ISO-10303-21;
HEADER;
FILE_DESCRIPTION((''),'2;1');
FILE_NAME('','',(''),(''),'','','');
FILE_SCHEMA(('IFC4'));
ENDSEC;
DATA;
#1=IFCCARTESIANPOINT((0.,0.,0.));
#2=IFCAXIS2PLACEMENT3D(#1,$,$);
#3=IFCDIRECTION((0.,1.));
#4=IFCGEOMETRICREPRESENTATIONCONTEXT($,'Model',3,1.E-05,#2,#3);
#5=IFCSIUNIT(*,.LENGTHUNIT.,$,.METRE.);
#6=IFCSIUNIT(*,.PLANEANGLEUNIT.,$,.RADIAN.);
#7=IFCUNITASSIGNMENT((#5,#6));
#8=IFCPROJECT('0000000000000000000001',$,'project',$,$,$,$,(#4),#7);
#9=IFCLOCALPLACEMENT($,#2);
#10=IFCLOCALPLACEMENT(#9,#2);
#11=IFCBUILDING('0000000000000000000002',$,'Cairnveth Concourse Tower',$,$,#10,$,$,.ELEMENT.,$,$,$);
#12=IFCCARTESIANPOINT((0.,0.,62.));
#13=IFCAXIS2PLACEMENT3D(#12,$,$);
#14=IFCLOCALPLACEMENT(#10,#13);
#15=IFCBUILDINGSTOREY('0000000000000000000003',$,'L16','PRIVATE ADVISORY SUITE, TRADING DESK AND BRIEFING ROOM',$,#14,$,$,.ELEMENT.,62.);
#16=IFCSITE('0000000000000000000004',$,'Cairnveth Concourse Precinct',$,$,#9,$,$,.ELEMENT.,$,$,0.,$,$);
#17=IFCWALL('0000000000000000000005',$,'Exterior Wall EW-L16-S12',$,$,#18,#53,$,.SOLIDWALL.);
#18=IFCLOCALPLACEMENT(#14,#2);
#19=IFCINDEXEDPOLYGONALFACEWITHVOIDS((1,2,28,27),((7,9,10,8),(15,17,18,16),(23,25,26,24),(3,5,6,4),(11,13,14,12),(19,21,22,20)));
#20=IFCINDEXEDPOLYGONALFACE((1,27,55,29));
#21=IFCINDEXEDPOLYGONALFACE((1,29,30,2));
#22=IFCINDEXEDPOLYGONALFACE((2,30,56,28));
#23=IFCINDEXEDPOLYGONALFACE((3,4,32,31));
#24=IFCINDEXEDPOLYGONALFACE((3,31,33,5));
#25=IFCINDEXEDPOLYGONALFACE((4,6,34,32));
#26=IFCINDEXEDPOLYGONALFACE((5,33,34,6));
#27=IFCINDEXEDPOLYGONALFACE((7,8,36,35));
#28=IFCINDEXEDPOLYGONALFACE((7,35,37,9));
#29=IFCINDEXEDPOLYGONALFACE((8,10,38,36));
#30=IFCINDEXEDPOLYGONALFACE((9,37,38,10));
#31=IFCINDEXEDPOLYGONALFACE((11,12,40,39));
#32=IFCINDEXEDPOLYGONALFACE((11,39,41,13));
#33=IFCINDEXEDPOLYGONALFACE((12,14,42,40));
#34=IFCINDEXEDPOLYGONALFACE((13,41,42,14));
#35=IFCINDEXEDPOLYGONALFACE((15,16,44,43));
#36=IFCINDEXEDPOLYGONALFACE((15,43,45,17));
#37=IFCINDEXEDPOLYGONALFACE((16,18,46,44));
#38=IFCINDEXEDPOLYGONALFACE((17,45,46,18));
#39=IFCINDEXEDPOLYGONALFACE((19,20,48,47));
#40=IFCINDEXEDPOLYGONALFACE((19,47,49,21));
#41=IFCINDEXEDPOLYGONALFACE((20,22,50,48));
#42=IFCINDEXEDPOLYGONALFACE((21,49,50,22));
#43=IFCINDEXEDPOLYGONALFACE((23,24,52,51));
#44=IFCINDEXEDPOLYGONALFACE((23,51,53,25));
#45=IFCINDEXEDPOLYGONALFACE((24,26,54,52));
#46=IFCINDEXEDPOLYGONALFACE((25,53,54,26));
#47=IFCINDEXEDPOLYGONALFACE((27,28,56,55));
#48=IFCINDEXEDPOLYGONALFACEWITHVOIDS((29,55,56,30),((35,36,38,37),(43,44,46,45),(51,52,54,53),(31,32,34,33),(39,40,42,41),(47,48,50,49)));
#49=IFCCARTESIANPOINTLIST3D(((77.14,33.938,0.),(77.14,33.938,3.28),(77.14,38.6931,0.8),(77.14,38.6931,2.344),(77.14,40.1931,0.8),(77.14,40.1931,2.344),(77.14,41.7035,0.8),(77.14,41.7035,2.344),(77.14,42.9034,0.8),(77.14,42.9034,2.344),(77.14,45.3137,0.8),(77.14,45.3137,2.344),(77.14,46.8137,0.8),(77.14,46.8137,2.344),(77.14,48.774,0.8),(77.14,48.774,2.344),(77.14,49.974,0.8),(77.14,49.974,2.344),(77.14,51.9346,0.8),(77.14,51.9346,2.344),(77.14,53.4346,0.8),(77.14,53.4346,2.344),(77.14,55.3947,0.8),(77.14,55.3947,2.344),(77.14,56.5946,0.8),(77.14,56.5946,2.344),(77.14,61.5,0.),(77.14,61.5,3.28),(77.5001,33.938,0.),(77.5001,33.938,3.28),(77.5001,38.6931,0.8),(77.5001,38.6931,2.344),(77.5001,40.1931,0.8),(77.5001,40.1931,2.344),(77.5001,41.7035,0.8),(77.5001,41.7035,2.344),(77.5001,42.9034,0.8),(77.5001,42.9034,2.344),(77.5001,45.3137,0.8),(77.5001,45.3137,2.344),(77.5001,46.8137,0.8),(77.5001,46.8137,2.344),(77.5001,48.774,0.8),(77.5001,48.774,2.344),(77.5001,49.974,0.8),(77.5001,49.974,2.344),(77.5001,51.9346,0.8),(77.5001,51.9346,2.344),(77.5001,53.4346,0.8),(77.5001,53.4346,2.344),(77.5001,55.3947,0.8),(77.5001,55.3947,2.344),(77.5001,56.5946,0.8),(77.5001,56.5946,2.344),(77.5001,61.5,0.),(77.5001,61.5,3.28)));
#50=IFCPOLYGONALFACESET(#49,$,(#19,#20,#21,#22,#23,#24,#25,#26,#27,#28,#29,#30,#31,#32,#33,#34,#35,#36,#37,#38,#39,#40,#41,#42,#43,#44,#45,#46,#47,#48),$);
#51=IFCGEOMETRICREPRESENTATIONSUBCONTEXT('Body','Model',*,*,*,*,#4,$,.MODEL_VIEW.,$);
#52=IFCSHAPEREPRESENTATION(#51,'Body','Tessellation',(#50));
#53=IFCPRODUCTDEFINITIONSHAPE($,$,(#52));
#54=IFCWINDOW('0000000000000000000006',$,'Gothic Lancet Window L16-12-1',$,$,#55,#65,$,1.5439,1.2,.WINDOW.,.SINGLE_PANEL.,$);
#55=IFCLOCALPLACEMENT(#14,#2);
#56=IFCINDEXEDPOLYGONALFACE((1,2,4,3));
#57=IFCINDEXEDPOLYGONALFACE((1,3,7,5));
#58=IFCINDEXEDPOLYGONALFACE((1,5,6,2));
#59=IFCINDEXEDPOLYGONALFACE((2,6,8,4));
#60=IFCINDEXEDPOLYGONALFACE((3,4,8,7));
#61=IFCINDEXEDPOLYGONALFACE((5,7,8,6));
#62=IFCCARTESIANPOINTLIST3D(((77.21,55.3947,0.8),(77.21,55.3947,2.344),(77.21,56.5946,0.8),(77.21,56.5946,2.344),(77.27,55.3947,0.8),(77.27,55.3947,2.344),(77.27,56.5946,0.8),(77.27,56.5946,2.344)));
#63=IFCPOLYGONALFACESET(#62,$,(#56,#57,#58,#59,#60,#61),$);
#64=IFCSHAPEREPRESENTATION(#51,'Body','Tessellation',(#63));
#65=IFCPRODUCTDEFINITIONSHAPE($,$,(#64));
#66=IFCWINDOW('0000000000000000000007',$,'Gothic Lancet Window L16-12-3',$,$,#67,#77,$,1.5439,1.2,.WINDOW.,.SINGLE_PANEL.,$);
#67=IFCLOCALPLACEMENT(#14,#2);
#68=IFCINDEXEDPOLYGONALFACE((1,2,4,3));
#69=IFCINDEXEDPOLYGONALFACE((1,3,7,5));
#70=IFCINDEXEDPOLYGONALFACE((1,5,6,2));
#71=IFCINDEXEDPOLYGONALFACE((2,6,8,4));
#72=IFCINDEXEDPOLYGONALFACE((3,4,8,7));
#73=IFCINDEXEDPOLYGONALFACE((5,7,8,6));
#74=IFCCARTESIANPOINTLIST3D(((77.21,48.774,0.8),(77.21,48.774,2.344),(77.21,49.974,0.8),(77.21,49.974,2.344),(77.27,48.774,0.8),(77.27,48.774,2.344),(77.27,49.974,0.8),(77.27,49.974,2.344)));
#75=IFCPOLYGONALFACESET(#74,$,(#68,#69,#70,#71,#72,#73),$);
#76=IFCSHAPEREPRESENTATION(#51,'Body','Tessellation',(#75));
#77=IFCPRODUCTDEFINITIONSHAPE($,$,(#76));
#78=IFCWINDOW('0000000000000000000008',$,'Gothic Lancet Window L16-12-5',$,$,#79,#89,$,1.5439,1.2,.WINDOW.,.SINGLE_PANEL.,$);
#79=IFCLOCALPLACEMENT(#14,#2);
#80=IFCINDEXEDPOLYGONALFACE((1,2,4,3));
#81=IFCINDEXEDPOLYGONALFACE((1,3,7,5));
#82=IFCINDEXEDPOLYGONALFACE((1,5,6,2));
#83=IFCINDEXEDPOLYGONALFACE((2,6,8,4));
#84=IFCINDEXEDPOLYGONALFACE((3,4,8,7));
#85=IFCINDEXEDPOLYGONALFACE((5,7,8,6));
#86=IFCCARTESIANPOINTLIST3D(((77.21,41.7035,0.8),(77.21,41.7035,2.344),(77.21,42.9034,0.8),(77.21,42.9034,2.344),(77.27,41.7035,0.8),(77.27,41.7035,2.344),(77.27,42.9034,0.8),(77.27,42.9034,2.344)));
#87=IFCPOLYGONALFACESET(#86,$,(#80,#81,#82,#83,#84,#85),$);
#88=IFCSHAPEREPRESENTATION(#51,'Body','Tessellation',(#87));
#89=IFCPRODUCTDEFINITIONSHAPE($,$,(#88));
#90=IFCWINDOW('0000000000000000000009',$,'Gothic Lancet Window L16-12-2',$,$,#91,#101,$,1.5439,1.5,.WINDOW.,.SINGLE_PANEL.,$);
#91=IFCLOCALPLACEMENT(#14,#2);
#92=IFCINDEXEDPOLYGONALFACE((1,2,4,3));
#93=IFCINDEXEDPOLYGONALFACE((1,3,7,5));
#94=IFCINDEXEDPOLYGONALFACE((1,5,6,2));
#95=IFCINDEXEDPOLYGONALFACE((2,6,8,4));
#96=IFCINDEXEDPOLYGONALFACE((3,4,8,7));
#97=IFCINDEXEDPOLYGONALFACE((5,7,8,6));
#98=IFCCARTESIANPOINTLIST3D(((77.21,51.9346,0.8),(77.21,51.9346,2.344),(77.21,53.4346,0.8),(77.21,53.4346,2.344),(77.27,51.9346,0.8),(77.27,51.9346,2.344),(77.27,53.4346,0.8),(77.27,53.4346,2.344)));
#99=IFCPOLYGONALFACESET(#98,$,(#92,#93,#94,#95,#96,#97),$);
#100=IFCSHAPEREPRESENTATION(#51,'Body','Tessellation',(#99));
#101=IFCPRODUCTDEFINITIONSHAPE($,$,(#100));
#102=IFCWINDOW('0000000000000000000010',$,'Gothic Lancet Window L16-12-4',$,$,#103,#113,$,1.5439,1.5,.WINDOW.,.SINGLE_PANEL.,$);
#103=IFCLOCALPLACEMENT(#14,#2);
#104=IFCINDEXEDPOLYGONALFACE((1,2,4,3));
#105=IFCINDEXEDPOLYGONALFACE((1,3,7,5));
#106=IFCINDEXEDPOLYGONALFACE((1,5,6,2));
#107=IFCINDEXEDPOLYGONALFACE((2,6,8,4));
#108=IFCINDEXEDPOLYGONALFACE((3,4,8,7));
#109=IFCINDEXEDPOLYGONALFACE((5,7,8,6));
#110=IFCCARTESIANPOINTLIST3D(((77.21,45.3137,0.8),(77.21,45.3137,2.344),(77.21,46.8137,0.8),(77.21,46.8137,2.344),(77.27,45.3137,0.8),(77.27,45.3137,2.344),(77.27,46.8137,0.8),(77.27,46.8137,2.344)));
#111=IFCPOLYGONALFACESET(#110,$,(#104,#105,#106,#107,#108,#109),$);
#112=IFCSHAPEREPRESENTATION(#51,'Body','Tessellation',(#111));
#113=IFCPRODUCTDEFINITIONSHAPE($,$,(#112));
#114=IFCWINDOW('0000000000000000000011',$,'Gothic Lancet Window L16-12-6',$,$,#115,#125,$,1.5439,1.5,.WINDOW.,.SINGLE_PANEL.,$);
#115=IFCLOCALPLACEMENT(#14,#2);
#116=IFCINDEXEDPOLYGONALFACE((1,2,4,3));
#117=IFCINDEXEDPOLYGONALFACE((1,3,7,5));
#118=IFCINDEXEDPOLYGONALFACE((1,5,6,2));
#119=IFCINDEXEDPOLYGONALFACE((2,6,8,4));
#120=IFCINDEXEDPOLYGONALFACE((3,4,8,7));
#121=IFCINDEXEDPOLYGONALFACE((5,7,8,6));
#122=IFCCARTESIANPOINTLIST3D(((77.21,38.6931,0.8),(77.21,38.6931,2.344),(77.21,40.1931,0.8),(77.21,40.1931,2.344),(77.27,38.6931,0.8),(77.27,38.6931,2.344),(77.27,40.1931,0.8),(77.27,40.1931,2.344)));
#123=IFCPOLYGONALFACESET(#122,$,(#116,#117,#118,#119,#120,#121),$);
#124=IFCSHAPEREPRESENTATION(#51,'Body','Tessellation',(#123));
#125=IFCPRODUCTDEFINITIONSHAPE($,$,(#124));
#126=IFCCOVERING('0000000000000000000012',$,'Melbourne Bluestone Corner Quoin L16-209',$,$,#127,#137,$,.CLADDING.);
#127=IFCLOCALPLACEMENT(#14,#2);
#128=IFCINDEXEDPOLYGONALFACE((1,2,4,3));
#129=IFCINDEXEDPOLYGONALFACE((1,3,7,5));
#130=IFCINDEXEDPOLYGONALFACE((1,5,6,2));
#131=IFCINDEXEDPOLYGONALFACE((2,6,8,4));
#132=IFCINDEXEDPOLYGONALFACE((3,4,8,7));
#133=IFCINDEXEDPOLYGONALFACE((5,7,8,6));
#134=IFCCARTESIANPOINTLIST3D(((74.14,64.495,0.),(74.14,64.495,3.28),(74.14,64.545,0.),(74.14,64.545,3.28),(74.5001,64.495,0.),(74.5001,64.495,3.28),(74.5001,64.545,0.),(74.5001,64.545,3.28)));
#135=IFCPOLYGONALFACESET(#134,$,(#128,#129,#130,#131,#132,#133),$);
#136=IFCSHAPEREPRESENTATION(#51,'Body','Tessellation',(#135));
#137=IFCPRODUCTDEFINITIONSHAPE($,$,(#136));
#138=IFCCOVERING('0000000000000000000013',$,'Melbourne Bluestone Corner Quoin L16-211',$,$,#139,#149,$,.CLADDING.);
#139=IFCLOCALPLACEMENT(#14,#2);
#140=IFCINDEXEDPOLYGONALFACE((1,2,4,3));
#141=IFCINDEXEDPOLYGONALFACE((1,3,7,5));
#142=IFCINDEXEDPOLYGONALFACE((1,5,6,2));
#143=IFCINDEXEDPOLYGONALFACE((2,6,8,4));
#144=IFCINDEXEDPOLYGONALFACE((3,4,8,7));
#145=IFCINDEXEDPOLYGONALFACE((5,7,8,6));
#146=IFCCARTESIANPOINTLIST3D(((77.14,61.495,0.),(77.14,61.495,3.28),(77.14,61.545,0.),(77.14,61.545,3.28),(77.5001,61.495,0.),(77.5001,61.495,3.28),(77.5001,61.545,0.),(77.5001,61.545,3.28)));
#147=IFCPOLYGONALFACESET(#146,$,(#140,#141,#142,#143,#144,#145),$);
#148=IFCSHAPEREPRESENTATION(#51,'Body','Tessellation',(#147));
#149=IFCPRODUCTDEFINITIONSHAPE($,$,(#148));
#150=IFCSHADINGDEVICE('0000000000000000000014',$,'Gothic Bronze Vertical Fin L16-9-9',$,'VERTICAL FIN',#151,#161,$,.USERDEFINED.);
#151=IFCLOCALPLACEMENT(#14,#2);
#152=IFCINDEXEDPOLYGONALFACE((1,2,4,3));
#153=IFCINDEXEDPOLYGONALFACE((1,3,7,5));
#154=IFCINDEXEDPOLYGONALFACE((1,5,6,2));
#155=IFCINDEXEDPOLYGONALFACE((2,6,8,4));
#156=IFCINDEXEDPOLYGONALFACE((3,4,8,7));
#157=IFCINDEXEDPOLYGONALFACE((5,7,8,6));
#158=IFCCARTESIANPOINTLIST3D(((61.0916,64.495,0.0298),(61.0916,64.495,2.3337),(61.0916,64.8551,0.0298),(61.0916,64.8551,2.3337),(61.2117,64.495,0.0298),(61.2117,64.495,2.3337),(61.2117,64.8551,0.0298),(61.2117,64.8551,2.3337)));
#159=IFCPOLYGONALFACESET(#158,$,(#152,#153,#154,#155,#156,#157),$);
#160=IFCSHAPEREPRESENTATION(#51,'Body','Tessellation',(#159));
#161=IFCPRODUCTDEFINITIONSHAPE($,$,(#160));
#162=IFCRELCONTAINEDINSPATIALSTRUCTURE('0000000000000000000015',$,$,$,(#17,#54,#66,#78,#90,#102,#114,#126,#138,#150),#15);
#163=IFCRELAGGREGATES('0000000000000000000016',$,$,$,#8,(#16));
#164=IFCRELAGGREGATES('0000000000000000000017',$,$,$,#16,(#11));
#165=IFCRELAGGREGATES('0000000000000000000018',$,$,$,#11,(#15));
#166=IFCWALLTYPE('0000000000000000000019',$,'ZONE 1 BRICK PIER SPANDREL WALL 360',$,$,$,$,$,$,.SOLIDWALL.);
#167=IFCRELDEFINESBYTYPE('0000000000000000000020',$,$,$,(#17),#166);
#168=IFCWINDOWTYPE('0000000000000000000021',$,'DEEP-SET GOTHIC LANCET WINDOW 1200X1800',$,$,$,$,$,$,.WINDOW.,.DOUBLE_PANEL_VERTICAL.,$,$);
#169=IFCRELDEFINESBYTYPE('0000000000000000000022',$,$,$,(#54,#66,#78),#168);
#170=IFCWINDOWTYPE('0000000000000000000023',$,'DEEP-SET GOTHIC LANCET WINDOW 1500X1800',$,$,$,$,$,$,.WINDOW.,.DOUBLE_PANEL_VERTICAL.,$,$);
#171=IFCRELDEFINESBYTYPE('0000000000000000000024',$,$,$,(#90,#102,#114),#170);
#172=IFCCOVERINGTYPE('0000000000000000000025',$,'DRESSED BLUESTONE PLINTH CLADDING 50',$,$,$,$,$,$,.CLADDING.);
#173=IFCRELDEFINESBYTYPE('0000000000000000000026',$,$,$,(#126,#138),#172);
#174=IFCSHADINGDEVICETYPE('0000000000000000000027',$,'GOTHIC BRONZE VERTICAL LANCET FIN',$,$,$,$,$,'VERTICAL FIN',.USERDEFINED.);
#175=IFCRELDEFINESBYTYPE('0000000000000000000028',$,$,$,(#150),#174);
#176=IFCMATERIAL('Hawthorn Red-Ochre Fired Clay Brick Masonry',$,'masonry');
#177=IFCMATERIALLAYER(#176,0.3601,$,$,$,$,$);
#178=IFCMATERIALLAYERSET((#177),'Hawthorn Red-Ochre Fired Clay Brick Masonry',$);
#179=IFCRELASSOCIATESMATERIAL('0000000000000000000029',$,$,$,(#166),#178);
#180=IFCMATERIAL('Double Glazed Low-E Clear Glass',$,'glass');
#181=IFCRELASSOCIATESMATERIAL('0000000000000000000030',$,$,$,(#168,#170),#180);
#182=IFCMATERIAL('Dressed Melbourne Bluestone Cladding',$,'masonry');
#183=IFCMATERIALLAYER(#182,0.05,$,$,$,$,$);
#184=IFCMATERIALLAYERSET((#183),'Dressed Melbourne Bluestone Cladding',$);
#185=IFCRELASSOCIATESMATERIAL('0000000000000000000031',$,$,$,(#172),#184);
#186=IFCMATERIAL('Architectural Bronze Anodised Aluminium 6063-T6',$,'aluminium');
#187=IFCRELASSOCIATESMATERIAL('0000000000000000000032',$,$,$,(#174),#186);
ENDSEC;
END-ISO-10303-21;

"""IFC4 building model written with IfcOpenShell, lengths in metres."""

from ifc_helpers import new_model, si_unit, direction, frame, frame_2d, origin, origin_2d, place, context, subcontext, project, spatial, rectangle, extrude, material, layer, layer_set, type_object, element, fill, save


model = new_model("IFC4")

# Units and contexts
model_context = context("Model", 3, precision=1e-05, world=origin(), true_north=direction((0.0, 1.0)))
body_context = subcontext(model_context, "Body", "Model", "MODEL_VIEW")
ifc_project = project(units=[si_unit("LENGTHUNIT", "METRE"), si_unit("PLANEANGLEUNIT", "RADIAN")], contexts=[model_context])

# Site, building, storey
site_placement = place(None, origin())
site = spatial("IfcSite", under=ifc_project, at=site_placement, Name="Cairnveth Concourse Precinct", CompositionType="ELEMENT", RefElevation=0.0)
building_placement = place(site_placement, origin())
building = spatial("IfcBuilding", under=site, at=building_placement, Name="Cairnveth Concourse Tower", CompositionType="ELEMENT")
storey_placement = place(building_placement, frame((0.0, 0.0, 62.0)))
storey = spatial("IfcBuildingStorey", under=building, at=storey_placement, Name="L16", Description="PRIVATE ADVISORY SUITE, TRADING DESK AND BRIEFING ROOM", CompositionType="ELEMENT", Elevation=62.0)

# Shared definitions
ifc_material_1 = material(Name="Hawthorn Red-Ochre Fired Clay Brick Masonry", Category="masonry")
ifc_layer_1 = layer(ifc_material_1, 0.3601)
ifc_layer_set_1 = layer_set([ifc_layer_1], Name="Hawthorn Red-Ochre Fired Clay Brick Masonry")
wall_type = type_object("IfcWallType", Name="ZONE 1 BRICK PIER SPANDREL WALL 360", PredefinedType="SOLIDWALL", material=ifc_layer_set_1)

# Wall, openings, windows
wall_1_placement = place(storey_placement, frame((77.3201, 61.5, 0.0), z_axis=(0.0, 0.0, 1.0), x_axis=(0.0, -1.0, 0.0)))
wall_1 = element("IfcWall", 1, at=wall_1_placement, inside=storey, type_object=wall_type, Name="Exterior Wall EW-L16-S12", PredefinedType="SOLIDWALL", context=body_context, shape_type="SweptSolid", body=[
    extrude(rectangle(XDim=27.562, YDim=0.3601, at=frame_2d((13.781, 0.0))), origin(), (0.0, 0.0, 1.0), 3.28),
])
opening_1_placement = place(wall_1_placement, frame((4.9053, 0.0, 0.8)))
opening_1 = element("IfcOpeningElement", 2, at=opening_1_placement, cuts=wall_1, PredefinedType="OPENING", context=body_context, shape_type="SweptSolid", body=[
    extrude(rectangle(XDim=1.2, YDim=1.5439, at=frame_2d((0.6001, 0.772))), frame((0.0, 0.1899, 0.0), z_axis=(0.0, -1.0, 0.0), x_axis=(1.0, 0.0, 0.0)), (0.0, 0.0, 1.0), 0.3801),
])
opening_2_placement = place(wall_1_placement, frame((8.0654, 0.0, 0.8)))
opening_2 = element("IfcOpeningElement", 3, at=opening_2_placement, cuts=wall_1, PredefinedType="OPENING", context=body_context, shape_type="SweptSolid", body=[
    extrude(rectangle(XDim=1.5, YDim=1.5439, at=frame_2d((0.75, 0.772))), frame((0.0, 0.1899, 0.0), z_axis=(0.0, -1.0, 0.0), x_axis=(1.0, 0.0, 0.0)), (0.0, 0.0, 1.0), 0.3801),
])
opening_3_placement = place(wall_1_placement, frame((11.5259, 0.0, 0.8)))
opening_3 = element("IfcOpeningElement", 4, at=opening_3_placement, cuts=wall_1, PredefinedType="OPENING", context=body_context, shape_type="SweptSolid", body=[
    extrude(rectangle(XDim=1.2, YDim=1.5439, at=frame_2d((0.6001, 0.772))), frame((0.0, 0.1899, 0.0), z_axis=(0.0, -1.0, 0.0), x_axis=(1.0, 0.0, 0.0)), (0.0, 0.0, 1.0), 0.3801),
])
opening_4_placement = place(wall_1_placement, frame((14.6863, 0.0, 0.8)))
opening_4 = element("IfcOpeningElement", 5, at=opening_4_placement, cuts=wall_1, PredefinedType="OPENING", context=body_context, shape_type="SweptSolid", body=[
    extrude(rectangle(XDim=1.5, YDim=1.5439, at=frame_2d((0.75, 0.772))), frame((0.0, 0.1899, 0.0), z_axis=(0.0, -1.0, 0.0), x_axis=(1.0, 0.0, 0.0)), (0.0, 0.0, 1.0), 0.3801),
])
opening_5_placement = place(wall_1_placement, frame((18.5964, 0.0, 0.8)))
opening_5 = element("IfcOpeningElement", 6, at=opening_5_placement, cuts=wall_1, PredefinedType="OPENING", context=body_context, shape_type="SweptSolid", body=[
    extrude(rectangle(XDim=1.2, YDim=1.5439, at=frame_2d((0.6001, 0.772))), frame((0.0, 0.1899, 0.0), z_axis=(0.0, -1.0, 0.0), x_axis=(1.0, 0.0, 0.0)), (0.0, 0.0, 1.0), 0.3801),
])
opening_6_placement = place(wall_1_placement, frame((21.3069, 0.0, 0.8)))
opening_6 = element("IfcOpeningElement", 7, at=opening_6_placement, cuts=wall_1, PredefinedType="OPENING", context=body_context, shape_type="SweptSolid", body=[
    extrude(rectangle(XDim=1.5, YDim=1.5439, at=frame_2d((0.75, 0.772))), frame((0.0, 0.1899, 0.0), z_axis=(0.0, -1.0, 0.0), x_axis=(1.0, 0.0, 0.0)), (0.0, 0.0, 1.0), 0.3801),
])
ifc_material_2 = material(Name="Double Glazed Low-E Clear Glass", Category="glass")
window_type_1 = type_object("IfcWindowType", Name="DEEP-SET GOTHIC LANCET WINDOW 1200X1800", PartitioningType="DOUBLE_PANEL_VERTICAL", PredefinedType="WINDOW", material=ifc_material_2)
window_1_placement = place(opening_1_placement, origin())
window_1 = element("IfcWindow", 8, at=window_1_placement, inside=storey, type_object=window_type_1, Name="Gothic Lancet Window L16-12-1", OverallHeight=1.5439, OverallWidth=1.2, PartitioningType="SINGLE_PANEL", PredefinedType="WINDOW", context=body_context, shape_type="SweptSolid", body=[
    extrude(rectangle(XDim=1.2, YDim=1.5439, at=frame_2d((0.6001, 0.772))), frame((0.0, -0.05, 0.0), z_axis=(0.0, -1.0, 0.0), x_axis=(1.0, 0.0, 0.0)), (0.0, 0.0, 1.0), 0.0601),
])
fill(opening_1, window_1)
window_2_placement = place(opening_3_placement, origin())
window_2 = element("IfcWindow", 9, at=window_2_placement, inside=storey, type_object=window_type_1, Name="Gothic Lancet Window L16-12-3", OverallHeight=1.5439, OverallWidth=1.2, PartitioningType="SINGLE_PANEL", PredefinedType="WINDOW", context=body_context, shape_type="SweptSolid", body=[
    extrude(rectangle(XDim=1.2, YDim=1.5439, at=frame_2d((0.6001, 0.772))), frame((0.0, -0.05, 0.0), z_axis=(0.0, -1.0, 0.0), x_axis=(1.0, 0.0, 0.0)), (0.0, 0.0, 1.0), 0.0601),
])
fill(opening_3, window_2)
window_3_placement = place(opening_5_placement, origin())
window_3 = element("IfcWindow", 10, at=window_3_placement, inside=storey, type_object=window_type_1, Name="Gothic Lancet Window L16-12-5", OverallHeight=1.5439, OverallWidth=1.2, PartitioningType="SINGLE_PANEL", PredefinedType="WINDOW", context=body_context, shape_type="SweptSolid", body=[
    extrude(rectangle(XDim=1.2, YDim=1.5439, at=frame_2d((0.6001, 0.772))), frame((0.0, -0.05, 0.0), z_axis=(0.0, -1.0, 0.0), x_axis=(1.0, 0.0, 0.0)), (0.0, 0.0, 1.0), 0.0601),
])
fill(opening_5, window_3)
window_type_2 = type_object("IfcWindowType", Name="DEEP-SET GOTHIC LANCET WINDOW 1500X1800", PartitioningType="DOUBLE_PANEL_VERTICAL", PredefinedType="WINDOW", material=ifc_material_2)
window_4_placement = place(opening_2_placement, origin())
window_4 = element("IfcWindow", 11, at=window_4_placement, inside=storey, type_object=window_type_2, Name="Gothic Lancet Window L16-12-2", OverallHeight=1.5439, OverallWidth=1.5, PartitioningType="SINGLE_PANEL", PredefinedType="WINDOW", context=body_context, shape_type="SweptSolid", body=[
    extrude(rectangle(XDim=1.5, YDim=1.5439, at=frame_2d((0.75, 0.772))), frame((0.0, -0.05, 0.0), z_axis=(0.0, -1.0, 0.0), x_axis=(1.0, 0.0, 0.0)), (0.0, 0.0, 1.0), 0.0601),
])
fill(opening_2, window_4)
window_5_placement = place(opening_4_placement, origin())
window_5 = element("IfcWindow", 12, at=window_5_placement, inside=storey, type_object=window_type_2, Name="Gothic Lancet Window L16-12-4", OverallHeight=1.5439, OverallWidth=1.5, PartitioningType="SINGLE_PANEL", PredefinedType="WINDOW", context=body_context, shape_type="SweptSolid", body=[
    extrude(rectangle(XDim=1.5, YDim=1.5439, at=frame_2d((0.75, 0.772))), frame((0.0, -0.05, 0.0), z_axis=(0.0, -1.0, 0.0), x_axis=(1.0, 0.0, 0.0)), (0.0, 0.0, 1.0), 0.0601),
])
fill(opening_4, window_5)
window_6_placement = place(opening_6_placement, origin())
window_6 = element("IfcWindow", 13, at=window_6_placement, inside=storey, type_object=window_type_2, Name="Gothic Lancet Window L16-12-6", OverallHeight=1.5439, OverallWidth=1.5, PartitioningType="SINGLE_PANEL", PredefinedType="WINDOW", context=body_context, shape_type="SweptSolid", body=[
    extrude(rectangle(XDim=1.5, YDim=1.5439, at=frame_2d((0.75, 0.772))), frame((0.0, -0.05, 0.0), z_axis=(0.0, -1.0, 0.0), x_axis=(1.0, 0.0, 0.0)), (0.0, 0.0, 1.0), 0.0601),
])
fill(opening_6, window_6)

# Coverings
ifc_material_3 = material(Name="Dressed Melbourne Bluestone Cladding", Category="masonry")
ifc_layer_2 = layer(ifc_material_3, 0.05)
ifc_layer_set_2 = layer_set([ifc_layer_2], Name="Dressed Melbourne Bluestone Cladding")
covering_type = type_object("IfcCoveringType", Name="DRESSED BLUESTONE PLINTH CLADDING 50", PredefinedType="CLADDING", material=ifc_layer_set_2)
for number, where, z_axis, x_axis, name in (
    (14, (74.1399, 64.52, 0.0), (0.0, 0.0, 1.0), (1.0, 0.0, 0.0), "Melbourne Bluestone Corner Quoin L16-209"),
    (15, (77.1399, 61.52, 0.0), (0.0, 0.0, 1.0), (1.0, 0.0, 0.0), "Melbourne Bluestone Corner Quoin L16-211"),
):
    element("IfcCovering", number, at=place(storey_placement, frame(where, z_axis=z_axis, x_axis=x_axis)), inside=storey, type_object=covering_type, Name=name, PredefinedType="CLADDING", context=body_context, shape_type="SweptSolid", body=[
        extrude(rectangle(XDim=0.3601, YDim=0.05, at=frame_2d((0.1802, 0.0))), origin(), (0.0, 0.0, 1.0), 3.28),
    ])

# Shading device
ifc_material_4 = material(Name="Architectural Bronze Anodised Aluminium 6063-T6", Category="aluminium")
shading_device_type = type_object("IfcShadingDeviceType", Name="GOTHIC BRONZE VERTICAL LANCET FIN", ElementType="VERTICAL FIN", PredefinedType="USERDEFINED", material=ifc_material_4)
for number, where, z_axis, x_axis, name in (
    (16, (61.1516, 64.675, 0.0298), (0.0, 0.0, 1.0), (1.0, 0.0, 0.0), "Gothic Bronze Vertical Fin L16-9-9"),
):
    element("IfcShadingDevice", number, at=place(storey_placement, frame(where, z_axis=z_axis, x_axis=x_axis)), inside=storey, type_object=shading_device_type, Name=name, ObjectType="VERTICAL FIN", PredefinedType="USERDEFINED", context=body_context, shape_type="SweptSolid", body=[
        extrude(rectangle(XDim=0.1201, YDim=0.3601, at=origin_2d()), origin(), (0.0, 0.0, 1.0), 2.304),
    ])

save(model, "model.ifc")
